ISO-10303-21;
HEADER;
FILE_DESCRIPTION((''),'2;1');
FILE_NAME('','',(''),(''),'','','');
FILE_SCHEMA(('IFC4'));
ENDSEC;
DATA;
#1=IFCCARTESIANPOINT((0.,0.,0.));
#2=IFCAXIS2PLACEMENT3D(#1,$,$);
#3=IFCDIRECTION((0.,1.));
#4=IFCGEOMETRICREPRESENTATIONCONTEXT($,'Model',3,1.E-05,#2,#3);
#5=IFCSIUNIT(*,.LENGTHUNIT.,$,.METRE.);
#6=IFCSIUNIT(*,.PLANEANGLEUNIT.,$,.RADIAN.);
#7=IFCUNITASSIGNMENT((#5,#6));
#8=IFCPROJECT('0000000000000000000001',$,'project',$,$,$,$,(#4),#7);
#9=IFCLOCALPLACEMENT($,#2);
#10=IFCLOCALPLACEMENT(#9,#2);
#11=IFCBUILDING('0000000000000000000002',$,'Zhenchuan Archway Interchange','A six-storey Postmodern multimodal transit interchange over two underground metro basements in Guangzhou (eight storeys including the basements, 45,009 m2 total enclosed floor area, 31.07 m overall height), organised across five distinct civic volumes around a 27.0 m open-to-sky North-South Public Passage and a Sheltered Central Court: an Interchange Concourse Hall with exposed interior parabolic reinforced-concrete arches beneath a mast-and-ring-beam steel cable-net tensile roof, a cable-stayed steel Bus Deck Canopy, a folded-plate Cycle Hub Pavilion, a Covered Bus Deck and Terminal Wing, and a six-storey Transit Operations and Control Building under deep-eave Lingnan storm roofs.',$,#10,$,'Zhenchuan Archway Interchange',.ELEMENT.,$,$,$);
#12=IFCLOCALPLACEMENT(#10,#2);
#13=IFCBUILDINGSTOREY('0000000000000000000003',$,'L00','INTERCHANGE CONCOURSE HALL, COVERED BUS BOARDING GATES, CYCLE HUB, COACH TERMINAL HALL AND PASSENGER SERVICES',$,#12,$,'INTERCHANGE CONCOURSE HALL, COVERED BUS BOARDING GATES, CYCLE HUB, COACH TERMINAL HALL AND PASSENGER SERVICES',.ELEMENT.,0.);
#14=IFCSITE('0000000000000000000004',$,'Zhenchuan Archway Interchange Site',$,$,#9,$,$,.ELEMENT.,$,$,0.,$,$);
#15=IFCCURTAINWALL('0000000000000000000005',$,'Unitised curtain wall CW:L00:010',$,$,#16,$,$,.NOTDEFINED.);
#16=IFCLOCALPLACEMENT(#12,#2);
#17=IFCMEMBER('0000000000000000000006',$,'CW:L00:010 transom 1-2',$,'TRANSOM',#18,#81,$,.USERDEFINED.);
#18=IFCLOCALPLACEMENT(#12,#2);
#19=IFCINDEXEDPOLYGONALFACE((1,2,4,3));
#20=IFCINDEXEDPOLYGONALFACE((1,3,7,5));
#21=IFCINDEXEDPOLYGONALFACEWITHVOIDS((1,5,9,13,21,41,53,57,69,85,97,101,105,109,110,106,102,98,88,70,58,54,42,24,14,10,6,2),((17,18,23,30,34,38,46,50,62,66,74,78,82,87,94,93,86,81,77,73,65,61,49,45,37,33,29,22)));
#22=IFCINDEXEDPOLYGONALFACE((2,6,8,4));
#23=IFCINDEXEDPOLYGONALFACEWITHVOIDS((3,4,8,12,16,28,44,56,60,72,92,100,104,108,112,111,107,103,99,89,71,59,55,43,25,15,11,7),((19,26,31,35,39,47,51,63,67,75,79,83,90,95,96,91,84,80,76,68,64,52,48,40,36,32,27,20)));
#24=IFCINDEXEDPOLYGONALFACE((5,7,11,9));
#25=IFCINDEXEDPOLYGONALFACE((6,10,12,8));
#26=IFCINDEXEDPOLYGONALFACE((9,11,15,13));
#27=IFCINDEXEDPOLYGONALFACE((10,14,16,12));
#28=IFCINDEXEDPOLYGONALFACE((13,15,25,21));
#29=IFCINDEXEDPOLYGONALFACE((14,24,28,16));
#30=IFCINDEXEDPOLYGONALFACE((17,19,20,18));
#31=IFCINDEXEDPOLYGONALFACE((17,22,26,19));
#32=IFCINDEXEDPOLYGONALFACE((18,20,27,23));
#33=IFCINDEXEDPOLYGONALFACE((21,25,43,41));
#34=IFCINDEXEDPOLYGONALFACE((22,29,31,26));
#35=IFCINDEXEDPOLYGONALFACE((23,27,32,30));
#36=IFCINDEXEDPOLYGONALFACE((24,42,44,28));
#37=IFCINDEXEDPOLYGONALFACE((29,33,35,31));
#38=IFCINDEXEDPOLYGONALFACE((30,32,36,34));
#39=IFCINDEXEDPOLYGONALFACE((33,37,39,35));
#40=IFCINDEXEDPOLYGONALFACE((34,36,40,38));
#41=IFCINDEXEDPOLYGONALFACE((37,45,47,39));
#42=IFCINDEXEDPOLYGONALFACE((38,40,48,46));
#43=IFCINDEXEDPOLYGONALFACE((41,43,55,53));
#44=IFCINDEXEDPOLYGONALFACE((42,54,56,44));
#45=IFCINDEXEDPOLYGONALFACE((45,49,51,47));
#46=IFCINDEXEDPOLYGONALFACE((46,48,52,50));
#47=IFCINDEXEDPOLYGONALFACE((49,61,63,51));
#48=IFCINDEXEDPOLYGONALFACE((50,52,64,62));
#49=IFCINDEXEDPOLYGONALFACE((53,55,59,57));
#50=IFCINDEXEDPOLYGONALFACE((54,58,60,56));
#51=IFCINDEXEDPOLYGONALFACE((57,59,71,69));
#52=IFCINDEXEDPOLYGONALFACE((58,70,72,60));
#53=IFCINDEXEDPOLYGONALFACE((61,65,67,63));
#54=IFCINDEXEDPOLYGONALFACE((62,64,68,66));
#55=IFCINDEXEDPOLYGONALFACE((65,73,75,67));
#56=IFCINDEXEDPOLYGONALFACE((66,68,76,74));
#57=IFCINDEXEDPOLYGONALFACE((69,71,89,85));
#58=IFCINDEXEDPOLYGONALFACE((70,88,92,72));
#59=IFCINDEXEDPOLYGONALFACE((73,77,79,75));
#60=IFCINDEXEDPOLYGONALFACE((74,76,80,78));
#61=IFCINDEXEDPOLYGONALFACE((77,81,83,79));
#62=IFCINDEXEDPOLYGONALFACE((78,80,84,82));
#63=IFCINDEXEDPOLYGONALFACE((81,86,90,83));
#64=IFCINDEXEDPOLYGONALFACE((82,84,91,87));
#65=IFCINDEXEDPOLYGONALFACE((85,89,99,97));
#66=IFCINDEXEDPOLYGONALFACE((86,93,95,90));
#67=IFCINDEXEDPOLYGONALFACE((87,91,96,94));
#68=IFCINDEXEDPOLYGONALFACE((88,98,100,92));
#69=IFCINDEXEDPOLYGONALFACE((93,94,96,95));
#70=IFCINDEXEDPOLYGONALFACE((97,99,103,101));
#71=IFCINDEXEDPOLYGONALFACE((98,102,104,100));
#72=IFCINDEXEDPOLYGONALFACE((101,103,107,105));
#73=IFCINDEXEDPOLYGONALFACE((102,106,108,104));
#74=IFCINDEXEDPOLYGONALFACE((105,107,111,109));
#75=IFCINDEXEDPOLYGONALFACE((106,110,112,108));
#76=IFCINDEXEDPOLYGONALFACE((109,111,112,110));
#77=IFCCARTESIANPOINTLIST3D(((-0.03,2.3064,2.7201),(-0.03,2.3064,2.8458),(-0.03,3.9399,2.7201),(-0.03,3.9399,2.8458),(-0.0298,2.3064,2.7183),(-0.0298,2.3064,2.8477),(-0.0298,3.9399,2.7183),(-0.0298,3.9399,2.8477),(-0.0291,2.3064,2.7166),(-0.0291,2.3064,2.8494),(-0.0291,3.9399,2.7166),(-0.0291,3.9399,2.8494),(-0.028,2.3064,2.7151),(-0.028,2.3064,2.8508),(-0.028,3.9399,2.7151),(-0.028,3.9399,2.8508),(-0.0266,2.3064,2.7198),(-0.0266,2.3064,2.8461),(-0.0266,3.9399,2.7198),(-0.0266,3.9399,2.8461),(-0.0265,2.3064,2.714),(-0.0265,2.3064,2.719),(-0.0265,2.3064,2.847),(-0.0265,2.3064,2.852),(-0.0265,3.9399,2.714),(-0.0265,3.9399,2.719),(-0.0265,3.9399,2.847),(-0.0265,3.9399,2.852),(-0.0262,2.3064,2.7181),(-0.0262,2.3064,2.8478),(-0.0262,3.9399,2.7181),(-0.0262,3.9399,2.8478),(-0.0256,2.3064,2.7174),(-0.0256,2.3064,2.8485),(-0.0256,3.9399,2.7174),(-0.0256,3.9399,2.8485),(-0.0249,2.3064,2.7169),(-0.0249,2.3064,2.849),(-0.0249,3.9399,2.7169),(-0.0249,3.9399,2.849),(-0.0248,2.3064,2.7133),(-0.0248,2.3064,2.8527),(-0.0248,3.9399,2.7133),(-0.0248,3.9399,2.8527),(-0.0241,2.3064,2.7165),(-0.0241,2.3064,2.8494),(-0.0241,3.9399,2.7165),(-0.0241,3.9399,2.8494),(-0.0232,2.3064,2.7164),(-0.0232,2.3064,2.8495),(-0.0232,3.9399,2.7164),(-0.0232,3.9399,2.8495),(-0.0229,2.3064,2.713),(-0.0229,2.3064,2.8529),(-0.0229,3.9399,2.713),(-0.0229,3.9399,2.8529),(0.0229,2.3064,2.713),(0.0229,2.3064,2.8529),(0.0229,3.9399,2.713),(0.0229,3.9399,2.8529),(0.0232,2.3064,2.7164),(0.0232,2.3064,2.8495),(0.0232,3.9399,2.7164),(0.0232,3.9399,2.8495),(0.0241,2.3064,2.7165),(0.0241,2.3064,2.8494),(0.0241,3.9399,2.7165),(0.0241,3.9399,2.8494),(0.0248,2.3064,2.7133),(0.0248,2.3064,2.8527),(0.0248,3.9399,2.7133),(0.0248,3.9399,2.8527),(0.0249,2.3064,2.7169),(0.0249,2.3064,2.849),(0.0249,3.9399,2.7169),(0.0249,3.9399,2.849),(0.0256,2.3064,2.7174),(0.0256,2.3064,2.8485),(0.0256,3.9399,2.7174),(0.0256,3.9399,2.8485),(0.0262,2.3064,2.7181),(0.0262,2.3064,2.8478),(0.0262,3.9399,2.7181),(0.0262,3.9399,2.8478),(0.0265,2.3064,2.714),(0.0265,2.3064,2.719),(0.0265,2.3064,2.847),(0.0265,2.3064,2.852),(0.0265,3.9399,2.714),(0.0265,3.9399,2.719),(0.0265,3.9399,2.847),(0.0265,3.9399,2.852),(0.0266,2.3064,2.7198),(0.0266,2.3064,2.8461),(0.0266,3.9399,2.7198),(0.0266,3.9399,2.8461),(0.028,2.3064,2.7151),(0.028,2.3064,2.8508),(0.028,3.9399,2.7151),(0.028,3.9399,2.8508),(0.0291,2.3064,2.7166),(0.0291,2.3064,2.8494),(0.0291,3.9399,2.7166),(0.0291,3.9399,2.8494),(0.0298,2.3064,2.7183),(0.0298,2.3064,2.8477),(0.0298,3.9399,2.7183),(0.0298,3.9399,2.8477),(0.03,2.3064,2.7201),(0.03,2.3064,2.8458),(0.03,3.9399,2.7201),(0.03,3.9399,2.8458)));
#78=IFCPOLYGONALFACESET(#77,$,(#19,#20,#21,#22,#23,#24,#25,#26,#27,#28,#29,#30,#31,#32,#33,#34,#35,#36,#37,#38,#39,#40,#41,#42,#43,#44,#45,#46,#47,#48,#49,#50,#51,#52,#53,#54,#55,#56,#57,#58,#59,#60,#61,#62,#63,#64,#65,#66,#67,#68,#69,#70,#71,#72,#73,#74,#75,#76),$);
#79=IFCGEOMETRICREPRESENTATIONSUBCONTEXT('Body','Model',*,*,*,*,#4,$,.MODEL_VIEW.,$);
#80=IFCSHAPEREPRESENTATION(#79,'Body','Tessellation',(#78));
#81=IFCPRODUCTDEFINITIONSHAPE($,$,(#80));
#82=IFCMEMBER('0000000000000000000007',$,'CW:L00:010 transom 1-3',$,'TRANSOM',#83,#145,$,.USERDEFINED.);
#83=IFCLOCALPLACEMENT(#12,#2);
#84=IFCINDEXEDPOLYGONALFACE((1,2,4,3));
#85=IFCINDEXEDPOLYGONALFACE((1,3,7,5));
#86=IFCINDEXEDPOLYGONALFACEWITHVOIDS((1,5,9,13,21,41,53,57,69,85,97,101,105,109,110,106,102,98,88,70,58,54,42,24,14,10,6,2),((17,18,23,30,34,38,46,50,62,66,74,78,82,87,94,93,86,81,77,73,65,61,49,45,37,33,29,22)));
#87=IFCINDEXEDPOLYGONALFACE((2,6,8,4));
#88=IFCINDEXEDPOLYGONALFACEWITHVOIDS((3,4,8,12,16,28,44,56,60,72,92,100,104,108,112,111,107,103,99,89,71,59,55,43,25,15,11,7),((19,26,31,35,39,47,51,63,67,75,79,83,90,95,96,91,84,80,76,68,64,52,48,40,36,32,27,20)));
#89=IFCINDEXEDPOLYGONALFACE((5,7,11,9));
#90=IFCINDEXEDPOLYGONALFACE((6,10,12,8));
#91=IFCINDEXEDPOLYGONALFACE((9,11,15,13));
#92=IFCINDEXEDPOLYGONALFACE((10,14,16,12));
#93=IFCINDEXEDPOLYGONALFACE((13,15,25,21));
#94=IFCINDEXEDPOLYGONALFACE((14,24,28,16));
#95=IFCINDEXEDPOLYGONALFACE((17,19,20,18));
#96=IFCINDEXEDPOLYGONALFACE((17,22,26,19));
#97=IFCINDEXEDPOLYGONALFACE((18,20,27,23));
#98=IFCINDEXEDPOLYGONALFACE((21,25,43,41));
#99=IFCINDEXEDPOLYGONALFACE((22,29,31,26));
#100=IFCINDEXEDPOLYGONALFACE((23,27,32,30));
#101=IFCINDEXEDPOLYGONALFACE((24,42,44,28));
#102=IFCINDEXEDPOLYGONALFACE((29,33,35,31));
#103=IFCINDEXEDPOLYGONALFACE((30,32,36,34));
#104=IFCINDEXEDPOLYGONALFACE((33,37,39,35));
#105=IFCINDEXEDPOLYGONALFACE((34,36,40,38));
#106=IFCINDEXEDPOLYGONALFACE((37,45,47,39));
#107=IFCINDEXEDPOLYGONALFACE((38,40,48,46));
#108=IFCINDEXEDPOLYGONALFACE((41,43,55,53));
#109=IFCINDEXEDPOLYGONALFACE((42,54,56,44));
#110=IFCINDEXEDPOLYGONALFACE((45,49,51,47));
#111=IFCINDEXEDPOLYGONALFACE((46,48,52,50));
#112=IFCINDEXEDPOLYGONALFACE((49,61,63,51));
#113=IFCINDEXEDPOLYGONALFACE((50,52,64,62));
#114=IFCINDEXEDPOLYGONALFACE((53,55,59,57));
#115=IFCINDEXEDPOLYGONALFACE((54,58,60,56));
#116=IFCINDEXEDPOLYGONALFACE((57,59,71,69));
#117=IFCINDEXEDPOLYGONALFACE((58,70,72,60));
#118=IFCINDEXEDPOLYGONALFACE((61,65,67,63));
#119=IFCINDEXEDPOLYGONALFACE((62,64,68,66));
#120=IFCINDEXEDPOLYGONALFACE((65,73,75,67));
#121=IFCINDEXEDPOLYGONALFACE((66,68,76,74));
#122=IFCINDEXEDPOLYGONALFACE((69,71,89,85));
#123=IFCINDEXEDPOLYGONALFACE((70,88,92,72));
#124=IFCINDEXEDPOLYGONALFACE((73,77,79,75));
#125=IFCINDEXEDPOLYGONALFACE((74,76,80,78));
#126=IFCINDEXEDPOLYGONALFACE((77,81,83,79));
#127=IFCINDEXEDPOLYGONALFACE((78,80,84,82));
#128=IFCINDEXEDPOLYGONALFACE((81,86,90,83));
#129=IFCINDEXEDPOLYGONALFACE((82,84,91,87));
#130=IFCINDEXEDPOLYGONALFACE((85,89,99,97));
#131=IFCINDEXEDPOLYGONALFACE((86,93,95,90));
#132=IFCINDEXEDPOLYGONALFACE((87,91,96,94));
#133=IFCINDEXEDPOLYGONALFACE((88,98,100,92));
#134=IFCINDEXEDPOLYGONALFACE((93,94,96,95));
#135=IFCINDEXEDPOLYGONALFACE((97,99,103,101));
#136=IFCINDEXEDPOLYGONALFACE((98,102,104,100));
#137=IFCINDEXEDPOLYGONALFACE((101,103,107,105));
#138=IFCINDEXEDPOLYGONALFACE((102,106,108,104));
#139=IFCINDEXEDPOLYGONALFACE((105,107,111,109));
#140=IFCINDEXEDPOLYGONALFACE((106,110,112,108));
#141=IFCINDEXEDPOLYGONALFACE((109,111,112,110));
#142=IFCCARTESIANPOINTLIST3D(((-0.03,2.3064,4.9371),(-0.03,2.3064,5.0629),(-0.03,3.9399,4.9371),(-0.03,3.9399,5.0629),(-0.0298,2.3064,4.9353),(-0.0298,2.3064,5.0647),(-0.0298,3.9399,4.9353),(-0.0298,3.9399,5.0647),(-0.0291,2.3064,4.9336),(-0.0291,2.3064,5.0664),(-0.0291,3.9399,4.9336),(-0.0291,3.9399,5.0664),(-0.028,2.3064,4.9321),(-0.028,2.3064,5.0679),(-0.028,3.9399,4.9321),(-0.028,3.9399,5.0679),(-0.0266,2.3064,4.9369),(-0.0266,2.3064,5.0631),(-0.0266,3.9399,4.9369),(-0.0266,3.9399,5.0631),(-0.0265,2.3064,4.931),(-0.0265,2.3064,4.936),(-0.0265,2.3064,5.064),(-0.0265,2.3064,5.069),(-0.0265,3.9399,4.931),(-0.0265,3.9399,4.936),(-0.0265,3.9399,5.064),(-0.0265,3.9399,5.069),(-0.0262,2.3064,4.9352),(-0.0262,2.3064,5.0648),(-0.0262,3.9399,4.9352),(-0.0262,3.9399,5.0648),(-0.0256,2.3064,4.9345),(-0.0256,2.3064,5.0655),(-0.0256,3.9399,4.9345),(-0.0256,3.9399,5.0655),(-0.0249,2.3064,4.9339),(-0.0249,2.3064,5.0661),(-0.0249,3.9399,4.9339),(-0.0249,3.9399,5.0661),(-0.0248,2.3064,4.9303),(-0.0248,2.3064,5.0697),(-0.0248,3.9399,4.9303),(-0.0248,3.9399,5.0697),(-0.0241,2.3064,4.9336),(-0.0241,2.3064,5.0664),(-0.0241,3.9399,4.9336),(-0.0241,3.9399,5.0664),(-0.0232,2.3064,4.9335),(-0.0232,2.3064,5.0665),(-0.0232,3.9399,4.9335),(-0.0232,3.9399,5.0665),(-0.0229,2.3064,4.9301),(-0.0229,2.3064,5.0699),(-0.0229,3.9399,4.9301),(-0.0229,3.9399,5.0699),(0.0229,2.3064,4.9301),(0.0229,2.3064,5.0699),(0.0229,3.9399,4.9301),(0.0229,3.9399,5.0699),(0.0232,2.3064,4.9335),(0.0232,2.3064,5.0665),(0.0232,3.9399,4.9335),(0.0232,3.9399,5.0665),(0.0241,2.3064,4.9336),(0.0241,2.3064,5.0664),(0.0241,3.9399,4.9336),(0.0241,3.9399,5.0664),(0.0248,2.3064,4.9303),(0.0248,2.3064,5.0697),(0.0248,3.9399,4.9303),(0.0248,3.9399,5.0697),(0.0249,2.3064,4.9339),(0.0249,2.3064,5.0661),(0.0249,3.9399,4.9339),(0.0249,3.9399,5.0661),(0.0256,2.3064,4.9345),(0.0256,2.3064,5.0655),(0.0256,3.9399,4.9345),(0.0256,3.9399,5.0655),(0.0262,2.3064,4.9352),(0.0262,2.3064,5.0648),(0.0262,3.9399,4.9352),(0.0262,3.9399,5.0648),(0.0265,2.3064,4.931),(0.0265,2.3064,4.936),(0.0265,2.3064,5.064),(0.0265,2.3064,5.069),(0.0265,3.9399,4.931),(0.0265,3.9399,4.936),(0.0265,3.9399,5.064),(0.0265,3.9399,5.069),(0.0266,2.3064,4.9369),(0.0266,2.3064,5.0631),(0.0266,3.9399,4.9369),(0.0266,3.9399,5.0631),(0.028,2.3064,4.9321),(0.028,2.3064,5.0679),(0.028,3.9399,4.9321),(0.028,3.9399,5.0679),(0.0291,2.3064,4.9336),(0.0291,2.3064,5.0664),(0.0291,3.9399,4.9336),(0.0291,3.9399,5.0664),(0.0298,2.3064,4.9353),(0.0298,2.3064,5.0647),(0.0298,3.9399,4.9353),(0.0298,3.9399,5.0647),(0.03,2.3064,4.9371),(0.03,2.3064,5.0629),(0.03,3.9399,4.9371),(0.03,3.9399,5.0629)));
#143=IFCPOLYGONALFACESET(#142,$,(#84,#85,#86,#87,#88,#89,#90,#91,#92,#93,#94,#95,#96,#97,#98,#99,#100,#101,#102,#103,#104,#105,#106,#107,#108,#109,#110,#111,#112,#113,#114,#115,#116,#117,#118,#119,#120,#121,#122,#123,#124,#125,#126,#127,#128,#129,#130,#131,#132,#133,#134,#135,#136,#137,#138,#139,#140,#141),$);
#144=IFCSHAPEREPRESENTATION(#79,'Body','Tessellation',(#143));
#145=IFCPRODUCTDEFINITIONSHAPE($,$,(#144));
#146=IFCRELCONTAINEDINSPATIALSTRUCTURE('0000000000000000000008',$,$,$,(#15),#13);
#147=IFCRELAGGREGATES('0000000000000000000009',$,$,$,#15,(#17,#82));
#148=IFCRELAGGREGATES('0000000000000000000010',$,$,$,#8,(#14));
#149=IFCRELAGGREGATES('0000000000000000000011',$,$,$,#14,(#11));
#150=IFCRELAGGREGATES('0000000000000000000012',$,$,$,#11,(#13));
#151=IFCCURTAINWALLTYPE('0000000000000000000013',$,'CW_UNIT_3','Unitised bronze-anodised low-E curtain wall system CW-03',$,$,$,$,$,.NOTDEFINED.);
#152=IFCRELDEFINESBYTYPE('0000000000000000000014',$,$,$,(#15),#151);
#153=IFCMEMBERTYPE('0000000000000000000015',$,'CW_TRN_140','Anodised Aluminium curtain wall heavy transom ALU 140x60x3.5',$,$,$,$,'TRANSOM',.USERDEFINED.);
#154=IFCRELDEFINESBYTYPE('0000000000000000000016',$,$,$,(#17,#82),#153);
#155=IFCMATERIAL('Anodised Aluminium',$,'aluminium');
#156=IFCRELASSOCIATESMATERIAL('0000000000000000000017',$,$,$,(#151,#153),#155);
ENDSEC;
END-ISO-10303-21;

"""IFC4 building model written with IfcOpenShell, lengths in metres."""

from ifc_helpers import new_model, si_unit, direction, frame, origin, origin_2d, place, context, subcontext, project, spatial, hollow_rectangle, extrude, material, material_profile, profile_set, type_object, element, aggregate, save


model = new_model("IFC4")

# Units and contexts
model_context = context("Model", 3, precision=1e-05, world=origin(), true_north=direction((0.0, 1.0)))
body_context = subcontext(model_context, "Body", "Model", "MODEL_VIEW")
ifc_project = project(units=[si_unit("LENGTHUNIT", "METRE"), si_unit("PLANEANGLEUNIT", "RADIAN")], contexts=[model_context])

# Site, building, storey
site_placement = place(None, origin())
site = spatial("IfcSite", under=ifc_project, at=site_placement, Name="Zhenchuan Archway Interchange Site", CompositionType="ELEMENT", RefElevation=0.0)
building_placement = place(site_placement, origin())
building = spatial("IfcBuilding", under=site, at=building_placement, Name="Zhenchuan Archway Interchange", Description="A six-storey Postmodern multimodal transit interchange over two underground metro basements in Guangzhou (eight storeys including the basements, 45,009 m2 total enclosed floor area, 31.07 m overall height), organised across five distinct civic volumes around a 27.0 m open-to-sky North-South Public Passage and a Sheltered Central Court: an Interchange Concourse Hall with exposed interior parabolic reinforced-concrete arches beneath a mast-and-ring-beam steel cable-net tensile roof, a cable-stayed steel Bus Deck Canopy, a folded-plate Cycle Hub Pavilion, a Covered Bus Deck and Terminal Wing, and a six-storey Transit Operations and Control Building under deep-eave Lingnan storm roofs.", LongName="Zhenchuan Archway Interchange", CompositionType="ELEMENT")
storey_placement = place(building_placement, origin())
storey = spatial("IfcBuildingStorey", under=building, at=storey_placement, Name="L00", Description="INTERCHANGE CONCOURSE HALL, COVERED BUS BOARDING GATES, CYCLE HUB, COACH TERMINAL HALL AND PASSENGER SERVICES", LongName="INTERCHANGE CONCOURSE HALL, COVERED BUS BOARDING GATES, CYCLE HUB, COACH TERMINAL HALL AND PASSENGER SERVICES", CompositionType="ELEMENT", Elevation=0.0)

# Curtain wall, members
ifc_material_1 = material(Name="Anodised Aluminium", Category="aluminium")
curtain_wall_type = type_object("IfcCurtainWallType", Name="CW_UNIT_3", Description="Unitised bronze-anodised low-E curtain wall system CW-03", PredefinedType="NOTDEFINED", material=ifc_material_1)
curtain_wall_placement = place(storey_placement, origin())
curtain_wall = element("IfcCurtainWall", 1, at=curtain_wall_placement, inside=storey, type_object=curtain_wall_type, Name="Unitised curtain wall CW:L00:010", PredefinedType="NOTDEFINED")
ifc_material_profile_1 = material_profile(ifc_material_1, hollow_rectangle(XDim=0.0601, YDim=0.1399, WallThickness=0.0034, InnerFilletRadius=0.0034, OuterFilletRadius=0.0071, at=origin_2d()), Name="ALU 140x60x3.5")
ifc_profile_set_1 = profile_set([ifc_material_profile_1], Name="Anodised Aluminium")
member_type_1 = type_object("IfcMemberType", Name="CW_TRN_140", Description="Anodised Aluminium curtain wall heavy transom ALU 140x60x3.5", ElementType="TRANSOM", PredefinedType="USERDEFINED", material=ifc_profile_set_1)
member_1_placement = place(storey_placement, frame((0.0, 2.3064, 2.783), z_axis=(0.0, 1.0, 0.0), x_axis=(-1.0, 0.0, 0.0)))
member_1 = element("IfcMember", 2, at=member_1_placement, type_object=member_type_1, Name="CW:L00:010 transom 1-2", ObjectType="TRANSOM", PredefinedType="USERDEFINED", context=body_context, shape_type="SweptSolid", body=[
    extrude(hollow_rectangle(XDim=0.0601, YDim=0.1399, WallThickness=0.0034, InnerFilletRadius=0.0034, OuterFilletRadius=0.0071, at=origin_2d()), origin(), (0.0, 0.0, 1.0), 1.6335),
])
member_2_placement = place(storey_placement, frame((0.0, 2.3064, 5.0), z_axis=(0.0, 1.0, 0.0), x_axis=(-1.0, 0.0, 0.0)))
member_2 = element("IfcMember", 3, at=member_2_placement, type_object=member_type_1, Name="CW:L00:010 transom 1-3", ObjectType="TRANSOM", PredefinedType="USERDEFINED", context=body_context, shape_type="SweptSolid", body=[
    extrude(hollow_rectangle(XDim=0.0601, YDim=0.1399, WallThickness=0.0034, InnerFilletRadius=0.0034, OuterFilletRadius=0.0071, at=origin_2d()), origin(), (0.0, 0.0, 1.0), 1.6335),
])

aggregate(curtain_wall, [member_1, member_2])

save(model, "model.ifc")
